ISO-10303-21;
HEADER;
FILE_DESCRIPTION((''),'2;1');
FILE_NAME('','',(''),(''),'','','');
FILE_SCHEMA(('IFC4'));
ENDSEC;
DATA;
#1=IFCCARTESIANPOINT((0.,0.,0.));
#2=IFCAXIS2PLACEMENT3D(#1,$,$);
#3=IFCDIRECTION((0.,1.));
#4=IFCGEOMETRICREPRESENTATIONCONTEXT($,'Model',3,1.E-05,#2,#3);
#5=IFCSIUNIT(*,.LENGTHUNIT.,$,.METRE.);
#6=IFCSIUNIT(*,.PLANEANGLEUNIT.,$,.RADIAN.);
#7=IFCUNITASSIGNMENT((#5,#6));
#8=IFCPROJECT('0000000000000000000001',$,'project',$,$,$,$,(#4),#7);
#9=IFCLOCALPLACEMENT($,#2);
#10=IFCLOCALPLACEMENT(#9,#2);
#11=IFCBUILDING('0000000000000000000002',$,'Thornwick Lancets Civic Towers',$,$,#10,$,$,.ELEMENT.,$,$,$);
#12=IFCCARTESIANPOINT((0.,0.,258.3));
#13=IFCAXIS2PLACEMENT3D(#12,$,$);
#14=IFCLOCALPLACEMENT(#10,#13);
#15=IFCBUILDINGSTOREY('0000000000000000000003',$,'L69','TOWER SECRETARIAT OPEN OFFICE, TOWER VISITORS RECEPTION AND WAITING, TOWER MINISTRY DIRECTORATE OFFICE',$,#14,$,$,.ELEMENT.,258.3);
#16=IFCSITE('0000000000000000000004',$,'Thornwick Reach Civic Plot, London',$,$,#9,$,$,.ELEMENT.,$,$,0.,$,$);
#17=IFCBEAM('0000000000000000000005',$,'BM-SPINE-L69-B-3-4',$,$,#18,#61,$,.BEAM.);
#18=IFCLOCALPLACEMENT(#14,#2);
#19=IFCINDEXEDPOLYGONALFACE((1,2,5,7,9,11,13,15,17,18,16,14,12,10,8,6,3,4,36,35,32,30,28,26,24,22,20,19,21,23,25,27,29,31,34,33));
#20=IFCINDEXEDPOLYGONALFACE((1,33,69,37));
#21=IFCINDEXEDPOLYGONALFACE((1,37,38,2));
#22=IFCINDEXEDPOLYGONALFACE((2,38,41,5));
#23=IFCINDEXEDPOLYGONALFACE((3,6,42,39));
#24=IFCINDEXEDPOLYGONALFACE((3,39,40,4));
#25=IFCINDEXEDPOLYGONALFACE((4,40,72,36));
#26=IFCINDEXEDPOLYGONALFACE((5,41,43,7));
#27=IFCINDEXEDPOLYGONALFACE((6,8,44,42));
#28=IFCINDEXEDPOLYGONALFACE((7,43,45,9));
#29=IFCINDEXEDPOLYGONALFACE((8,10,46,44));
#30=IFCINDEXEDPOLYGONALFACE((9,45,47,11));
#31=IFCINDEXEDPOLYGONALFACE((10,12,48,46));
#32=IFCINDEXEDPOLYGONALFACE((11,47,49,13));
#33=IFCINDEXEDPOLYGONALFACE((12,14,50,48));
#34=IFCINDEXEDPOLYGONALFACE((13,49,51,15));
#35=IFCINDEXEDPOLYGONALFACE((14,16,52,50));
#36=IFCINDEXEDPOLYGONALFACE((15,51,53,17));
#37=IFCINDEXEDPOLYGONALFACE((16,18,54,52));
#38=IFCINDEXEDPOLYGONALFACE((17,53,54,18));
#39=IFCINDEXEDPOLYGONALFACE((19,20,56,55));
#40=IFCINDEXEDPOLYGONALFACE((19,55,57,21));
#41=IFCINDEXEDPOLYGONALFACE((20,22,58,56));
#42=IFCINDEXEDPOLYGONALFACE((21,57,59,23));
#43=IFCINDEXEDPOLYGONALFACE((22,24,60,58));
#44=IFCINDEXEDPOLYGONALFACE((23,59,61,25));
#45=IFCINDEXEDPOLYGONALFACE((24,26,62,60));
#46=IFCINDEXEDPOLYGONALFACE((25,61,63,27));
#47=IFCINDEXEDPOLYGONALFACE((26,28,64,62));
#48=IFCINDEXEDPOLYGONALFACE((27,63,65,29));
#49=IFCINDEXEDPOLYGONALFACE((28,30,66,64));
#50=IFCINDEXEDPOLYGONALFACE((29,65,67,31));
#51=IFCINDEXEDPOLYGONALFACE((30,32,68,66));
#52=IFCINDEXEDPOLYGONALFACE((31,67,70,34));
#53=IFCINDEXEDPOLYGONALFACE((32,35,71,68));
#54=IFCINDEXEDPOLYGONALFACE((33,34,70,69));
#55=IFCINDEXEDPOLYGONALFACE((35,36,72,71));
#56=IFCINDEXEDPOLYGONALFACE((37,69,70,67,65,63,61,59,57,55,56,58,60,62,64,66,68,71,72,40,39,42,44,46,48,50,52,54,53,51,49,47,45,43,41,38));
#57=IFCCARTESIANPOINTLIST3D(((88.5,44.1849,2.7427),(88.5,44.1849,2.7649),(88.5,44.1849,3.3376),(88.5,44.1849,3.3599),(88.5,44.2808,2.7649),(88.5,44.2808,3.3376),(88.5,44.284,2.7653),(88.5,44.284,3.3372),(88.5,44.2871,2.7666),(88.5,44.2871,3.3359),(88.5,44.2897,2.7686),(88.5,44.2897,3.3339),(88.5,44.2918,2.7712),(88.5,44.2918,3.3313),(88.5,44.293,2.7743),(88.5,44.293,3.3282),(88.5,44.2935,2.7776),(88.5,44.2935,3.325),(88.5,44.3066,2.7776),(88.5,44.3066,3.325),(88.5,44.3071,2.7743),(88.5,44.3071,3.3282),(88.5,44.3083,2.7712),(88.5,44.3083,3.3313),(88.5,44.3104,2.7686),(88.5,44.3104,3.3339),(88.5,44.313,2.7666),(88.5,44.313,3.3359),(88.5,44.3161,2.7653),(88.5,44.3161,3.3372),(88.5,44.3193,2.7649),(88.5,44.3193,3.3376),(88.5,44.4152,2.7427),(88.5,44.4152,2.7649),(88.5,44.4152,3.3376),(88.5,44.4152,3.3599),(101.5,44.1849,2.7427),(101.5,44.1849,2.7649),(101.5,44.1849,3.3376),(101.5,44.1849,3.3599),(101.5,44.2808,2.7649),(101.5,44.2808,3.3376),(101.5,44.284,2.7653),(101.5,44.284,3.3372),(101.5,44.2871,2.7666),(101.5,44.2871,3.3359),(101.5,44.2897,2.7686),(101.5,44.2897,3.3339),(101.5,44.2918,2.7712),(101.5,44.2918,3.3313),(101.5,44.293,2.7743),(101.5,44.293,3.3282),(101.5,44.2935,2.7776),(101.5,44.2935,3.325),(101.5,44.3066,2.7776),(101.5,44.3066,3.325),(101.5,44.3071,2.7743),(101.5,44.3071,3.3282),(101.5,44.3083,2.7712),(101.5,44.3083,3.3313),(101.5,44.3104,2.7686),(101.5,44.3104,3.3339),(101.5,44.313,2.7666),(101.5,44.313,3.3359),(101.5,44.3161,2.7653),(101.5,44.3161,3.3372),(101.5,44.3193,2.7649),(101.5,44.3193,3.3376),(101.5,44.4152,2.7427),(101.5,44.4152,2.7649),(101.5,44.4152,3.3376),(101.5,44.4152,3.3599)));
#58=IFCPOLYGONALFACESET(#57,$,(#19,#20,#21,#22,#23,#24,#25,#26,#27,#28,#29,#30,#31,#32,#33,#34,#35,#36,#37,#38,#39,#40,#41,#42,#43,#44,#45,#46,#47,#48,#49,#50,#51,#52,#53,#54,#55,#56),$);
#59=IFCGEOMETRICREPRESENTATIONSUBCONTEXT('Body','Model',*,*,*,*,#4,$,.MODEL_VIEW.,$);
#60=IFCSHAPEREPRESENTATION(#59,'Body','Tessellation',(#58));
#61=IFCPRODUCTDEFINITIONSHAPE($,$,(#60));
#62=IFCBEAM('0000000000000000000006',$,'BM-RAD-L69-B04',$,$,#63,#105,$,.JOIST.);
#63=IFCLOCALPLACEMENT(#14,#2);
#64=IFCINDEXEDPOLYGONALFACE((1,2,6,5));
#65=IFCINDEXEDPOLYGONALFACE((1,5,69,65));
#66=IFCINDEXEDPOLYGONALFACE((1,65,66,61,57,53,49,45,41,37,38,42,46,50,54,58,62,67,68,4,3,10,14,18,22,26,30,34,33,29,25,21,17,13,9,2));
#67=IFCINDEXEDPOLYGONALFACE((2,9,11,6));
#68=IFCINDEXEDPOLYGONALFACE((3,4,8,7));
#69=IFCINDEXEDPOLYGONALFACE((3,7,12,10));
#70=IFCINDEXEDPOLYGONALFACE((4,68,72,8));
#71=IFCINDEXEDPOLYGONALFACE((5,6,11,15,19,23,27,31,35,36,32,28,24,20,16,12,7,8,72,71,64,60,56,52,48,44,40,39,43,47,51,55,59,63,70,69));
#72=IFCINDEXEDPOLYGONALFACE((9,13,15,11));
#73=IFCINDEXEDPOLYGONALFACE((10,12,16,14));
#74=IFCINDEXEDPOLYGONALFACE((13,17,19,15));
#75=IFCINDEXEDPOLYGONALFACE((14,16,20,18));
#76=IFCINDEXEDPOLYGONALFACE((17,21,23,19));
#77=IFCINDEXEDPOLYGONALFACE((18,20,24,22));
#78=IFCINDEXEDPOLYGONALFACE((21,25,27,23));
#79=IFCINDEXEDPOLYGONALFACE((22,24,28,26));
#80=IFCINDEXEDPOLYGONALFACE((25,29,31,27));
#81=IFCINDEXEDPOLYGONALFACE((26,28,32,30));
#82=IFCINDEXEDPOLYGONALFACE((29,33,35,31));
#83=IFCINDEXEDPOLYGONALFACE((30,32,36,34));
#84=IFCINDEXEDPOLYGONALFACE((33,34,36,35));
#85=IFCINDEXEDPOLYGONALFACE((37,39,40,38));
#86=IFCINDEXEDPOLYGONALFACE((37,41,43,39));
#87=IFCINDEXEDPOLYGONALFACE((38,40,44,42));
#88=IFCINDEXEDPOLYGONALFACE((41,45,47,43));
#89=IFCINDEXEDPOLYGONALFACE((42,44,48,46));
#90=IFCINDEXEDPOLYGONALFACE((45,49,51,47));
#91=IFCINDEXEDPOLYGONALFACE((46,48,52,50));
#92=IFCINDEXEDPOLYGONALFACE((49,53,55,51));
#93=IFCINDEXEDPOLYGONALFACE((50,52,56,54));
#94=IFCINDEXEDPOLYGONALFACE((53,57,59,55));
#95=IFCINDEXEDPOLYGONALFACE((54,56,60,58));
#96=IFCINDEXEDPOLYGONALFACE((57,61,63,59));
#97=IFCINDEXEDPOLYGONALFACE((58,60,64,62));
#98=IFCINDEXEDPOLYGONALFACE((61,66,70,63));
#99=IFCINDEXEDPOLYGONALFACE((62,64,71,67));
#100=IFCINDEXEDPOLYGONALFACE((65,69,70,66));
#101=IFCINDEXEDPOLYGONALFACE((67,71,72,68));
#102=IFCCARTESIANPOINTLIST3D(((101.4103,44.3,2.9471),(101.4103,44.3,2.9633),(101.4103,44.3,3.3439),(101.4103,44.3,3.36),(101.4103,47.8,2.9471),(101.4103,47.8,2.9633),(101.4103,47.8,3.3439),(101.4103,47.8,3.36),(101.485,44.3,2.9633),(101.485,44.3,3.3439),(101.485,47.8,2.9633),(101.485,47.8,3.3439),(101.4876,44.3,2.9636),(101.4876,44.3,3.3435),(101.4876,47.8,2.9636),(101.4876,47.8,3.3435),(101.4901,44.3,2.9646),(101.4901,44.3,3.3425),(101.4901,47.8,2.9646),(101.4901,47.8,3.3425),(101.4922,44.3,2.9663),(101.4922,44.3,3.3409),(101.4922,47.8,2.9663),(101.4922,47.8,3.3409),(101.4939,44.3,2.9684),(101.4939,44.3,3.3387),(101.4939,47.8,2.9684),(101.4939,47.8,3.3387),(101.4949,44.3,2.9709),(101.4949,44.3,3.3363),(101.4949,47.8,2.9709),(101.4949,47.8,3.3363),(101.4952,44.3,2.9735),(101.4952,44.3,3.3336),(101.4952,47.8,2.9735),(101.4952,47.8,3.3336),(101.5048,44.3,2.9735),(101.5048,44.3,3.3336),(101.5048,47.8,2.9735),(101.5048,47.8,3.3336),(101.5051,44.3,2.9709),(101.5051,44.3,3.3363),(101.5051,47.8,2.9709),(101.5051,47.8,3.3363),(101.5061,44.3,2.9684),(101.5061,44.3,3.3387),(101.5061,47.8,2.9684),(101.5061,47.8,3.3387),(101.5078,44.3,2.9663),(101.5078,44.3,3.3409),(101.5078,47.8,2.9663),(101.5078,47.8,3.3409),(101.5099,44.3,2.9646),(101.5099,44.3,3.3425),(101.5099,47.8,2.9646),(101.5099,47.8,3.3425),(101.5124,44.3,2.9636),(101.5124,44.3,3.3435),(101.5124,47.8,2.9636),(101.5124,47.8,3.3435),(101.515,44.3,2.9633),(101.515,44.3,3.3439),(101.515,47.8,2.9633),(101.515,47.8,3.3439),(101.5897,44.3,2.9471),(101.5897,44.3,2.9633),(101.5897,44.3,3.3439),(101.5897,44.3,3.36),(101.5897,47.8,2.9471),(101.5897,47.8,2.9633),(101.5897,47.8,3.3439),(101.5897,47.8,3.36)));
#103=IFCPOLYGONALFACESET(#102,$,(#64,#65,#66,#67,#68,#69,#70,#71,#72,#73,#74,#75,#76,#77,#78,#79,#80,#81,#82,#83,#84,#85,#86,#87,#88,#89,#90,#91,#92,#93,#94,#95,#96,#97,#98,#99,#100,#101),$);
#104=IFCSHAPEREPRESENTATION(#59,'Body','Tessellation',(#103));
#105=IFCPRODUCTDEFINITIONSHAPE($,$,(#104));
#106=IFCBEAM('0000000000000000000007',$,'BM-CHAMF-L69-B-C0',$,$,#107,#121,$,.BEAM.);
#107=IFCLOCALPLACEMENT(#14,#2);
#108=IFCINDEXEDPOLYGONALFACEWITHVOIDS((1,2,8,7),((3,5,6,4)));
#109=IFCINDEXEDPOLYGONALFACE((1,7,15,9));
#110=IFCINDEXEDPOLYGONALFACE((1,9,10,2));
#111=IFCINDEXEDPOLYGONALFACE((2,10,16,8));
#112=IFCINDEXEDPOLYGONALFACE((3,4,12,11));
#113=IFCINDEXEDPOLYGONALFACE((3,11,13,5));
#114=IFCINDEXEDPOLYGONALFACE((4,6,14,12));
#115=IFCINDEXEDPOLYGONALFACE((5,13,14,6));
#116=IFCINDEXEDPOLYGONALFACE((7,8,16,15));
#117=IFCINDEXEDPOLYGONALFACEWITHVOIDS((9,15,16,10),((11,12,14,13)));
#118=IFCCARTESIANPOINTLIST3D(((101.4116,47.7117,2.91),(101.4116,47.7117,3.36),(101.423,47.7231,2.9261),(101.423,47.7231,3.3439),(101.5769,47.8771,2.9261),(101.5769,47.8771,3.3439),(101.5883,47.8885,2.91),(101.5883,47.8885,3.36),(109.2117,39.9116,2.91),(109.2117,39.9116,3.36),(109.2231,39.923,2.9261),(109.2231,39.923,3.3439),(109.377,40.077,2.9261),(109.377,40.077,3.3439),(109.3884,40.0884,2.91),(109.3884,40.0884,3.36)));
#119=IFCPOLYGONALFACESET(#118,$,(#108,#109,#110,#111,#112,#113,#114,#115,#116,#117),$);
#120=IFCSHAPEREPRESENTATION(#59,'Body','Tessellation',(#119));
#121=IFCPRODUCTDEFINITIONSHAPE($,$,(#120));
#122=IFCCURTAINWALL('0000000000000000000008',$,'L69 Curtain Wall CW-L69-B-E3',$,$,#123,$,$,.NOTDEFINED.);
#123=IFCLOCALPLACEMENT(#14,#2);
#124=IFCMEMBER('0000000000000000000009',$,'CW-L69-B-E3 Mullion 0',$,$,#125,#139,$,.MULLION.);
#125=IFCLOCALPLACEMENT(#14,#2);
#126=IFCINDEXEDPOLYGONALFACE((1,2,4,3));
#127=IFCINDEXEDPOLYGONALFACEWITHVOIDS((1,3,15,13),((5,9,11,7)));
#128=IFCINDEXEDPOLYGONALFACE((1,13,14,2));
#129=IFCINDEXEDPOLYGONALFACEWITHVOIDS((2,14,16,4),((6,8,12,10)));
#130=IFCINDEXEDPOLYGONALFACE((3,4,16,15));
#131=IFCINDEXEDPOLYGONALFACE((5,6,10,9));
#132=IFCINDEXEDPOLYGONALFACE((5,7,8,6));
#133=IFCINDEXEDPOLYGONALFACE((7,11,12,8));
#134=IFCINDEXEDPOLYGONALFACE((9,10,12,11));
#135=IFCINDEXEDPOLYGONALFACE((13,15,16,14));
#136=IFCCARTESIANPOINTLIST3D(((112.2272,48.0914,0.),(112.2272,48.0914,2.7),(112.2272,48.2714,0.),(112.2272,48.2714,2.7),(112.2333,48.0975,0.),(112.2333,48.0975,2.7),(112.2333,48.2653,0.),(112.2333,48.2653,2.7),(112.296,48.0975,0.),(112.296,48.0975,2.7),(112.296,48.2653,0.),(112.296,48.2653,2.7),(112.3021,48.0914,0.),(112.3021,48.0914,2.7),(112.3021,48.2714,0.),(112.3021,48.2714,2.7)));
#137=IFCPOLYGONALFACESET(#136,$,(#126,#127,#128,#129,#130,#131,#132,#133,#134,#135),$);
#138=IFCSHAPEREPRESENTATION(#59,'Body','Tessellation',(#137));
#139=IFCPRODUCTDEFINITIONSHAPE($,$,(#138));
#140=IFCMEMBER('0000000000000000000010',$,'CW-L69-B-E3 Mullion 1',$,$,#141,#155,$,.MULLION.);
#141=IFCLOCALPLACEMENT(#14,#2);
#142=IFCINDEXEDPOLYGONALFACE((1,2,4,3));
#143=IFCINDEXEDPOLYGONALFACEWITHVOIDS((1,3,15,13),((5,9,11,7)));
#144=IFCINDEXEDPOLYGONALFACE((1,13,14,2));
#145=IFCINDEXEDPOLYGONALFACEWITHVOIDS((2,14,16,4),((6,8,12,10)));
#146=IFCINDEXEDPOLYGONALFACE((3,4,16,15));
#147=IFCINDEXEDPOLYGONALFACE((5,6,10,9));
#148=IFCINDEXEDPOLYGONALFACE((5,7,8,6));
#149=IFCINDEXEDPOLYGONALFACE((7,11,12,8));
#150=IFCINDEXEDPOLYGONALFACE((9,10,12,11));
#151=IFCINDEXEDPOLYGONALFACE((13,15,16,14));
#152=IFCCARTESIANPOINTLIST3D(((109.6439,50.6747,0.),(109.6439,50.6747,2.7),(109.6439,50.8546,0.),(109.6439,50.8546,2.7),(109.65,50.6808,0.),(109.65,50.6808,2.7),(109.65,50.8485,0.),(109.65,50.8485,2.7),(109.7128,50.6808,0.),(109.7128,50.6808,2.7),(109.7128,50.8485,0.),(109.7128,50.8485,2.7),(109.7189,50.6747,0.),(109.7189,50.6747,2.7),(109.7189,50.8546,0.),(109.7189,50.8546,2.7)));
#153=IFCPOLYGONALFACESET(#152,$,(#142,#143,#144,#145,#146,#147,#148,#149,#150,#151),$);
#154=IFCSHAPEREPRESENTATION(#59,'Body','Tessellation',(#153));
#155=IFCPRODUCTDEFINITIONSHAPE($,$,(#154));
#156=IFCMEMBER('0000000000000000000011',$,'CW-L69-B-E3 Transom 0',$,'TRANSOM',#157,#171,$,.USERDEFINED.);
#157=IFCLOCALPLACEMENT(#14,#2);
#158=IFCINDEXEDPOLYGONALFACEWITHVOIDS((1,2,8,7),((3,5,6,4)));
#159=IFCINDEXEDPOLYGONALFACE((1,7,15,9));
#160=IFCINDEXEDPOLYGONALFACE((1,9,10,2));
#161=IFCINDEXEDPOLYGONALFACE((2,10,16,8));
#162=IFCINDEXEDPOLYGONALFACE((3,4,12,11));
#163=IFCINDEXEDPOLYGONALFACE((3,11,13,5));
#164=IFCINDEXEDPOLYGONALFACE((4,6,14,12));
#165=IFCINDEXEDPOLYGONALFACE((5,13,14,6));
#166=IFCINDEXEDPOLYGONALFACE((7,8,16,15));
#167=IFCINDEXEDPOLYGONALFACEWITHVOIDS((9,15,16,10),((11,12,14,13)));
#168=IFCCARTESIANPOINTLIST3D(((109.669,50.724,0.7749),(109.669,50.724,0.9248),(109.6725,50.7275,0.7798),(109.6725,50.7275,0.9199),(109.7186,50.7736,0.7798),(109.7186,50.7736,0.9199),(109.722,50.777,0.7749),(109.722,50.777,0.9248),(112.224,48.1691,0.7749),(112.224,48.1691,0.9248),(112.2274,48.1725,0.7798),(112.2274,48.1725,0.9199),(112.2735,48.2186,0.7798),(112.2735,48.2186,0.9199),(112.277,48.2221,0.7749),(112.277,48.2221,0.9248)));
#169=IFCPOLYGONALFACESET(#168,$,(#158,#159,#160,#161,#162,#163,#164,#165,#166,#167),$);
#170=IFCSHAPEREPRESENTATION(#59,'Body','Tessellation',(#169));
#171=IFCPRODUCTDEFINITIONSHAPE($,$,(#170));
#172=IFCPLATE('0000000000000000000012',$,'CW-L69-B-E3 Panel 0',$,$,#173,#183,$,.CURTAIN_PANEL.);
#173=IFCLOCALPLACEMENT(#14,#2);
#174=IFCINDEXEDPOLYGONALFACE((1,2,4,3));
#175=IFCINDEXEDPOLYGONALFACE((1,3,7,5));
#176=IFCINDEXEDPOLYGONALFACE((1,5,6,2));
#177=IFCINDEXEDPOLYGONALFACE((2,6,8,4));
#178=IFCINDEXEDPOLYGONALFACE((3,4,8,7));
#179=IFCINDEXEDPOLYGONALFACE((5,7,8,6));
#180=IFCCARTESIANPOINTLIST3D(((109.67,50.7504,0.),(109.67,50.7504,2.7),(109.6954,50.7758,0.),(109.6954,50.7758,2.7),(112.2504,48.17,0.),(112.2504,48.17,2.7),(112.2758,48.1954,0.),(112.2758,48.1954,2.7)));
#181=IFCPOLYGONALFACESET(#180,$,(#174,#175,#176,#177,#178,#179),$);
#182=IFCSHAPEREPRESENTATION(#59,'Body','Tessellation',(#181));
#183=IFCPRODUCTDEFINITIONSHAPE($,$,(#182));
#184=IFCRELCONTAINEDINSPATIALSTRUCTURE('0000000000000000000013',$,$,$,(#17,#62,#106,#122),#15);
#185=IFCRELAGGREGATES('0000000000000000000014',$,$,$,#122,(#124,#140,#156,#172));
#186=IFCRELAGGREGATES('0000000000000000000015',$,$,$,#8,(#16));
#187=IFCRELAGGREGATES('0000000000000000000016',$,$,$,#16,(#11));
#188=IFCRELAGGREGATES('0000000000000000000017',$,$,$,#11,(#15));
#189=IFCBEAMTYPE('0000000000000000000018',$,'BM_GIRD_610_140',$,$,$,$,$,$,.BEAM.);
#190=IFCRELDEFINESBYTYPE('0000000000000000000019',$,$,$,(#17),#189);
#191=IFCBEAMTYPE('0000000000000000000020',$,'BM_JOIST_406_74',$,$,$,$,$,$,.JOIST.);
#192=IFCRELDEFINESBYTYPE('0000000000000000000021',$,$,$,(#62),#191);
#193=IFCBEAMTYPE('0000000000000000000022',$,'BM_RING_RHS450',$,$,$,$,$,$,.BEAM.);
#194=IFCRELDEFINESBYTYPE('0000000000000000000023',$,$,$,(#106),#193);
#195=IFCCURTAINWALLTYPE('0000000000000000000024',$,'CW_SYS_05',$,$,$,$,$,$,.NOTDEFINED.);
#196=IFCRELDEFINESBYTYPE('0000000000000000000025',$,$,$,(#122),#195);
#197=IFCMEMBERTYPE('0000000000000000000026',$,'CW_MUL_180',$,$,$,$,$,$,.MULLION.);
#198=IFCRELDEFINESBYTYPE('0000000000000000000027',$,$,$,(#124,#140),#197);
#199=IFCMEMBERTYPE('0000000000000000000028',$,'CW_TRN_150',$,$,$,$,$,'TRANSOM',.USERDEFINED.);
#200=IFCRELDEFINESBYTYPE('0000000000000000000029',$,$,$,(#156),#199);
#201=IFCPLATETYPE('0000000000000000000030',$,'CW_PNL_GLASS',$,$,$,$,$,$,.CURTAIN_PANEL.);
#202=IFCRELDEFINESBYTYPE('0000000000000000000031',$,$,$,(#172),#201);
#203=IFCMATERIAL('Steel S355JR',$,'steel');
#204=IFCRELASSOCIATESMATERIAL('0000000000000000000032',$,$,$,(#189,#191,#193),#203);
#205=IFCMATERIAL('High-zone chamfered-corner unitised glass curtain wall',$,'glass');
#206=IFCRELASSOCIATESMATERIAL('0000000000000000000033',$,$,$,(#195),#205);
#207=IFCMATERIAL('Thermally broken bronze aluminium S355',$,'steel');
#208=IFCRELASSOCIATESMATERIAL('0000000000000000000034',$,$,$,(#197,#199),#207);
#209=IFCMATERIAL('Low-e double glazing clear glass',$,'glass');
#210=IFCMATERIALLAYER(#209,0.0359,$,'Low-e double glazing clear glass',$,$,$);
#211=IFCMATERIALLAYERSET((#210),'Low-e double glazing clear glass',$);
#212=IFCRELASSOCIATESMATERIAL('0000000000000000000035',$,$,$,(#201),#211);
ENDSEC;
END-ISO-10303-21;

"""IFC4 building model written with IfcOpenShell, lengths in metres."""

from ifc_helpers import new_model, si_unit, direction, frame, origin, origin_2d, place, context, subcontext, project, spatial, rectangle, hollow_rectangle, i_section, extrude, material, layer, layer_set, material_profile, profile_set, type_object, element, aggregate, save


model = new_model("IFC4")

# Units and contexts
model_context = context("Model", 3, precision=1e-05, world=origin(), true_north=direction((0.0, 1.0)))
body_context = subcontext(model_context, "Body", "Model", "MODEL_VIEW")
ifc_project = project(units=[si_unit("LENGTHUNIT", "METRE"), si_unit("PLANEANGLEUNIT", "RADIAN")], contexts=[model_context])

# Site, building, storey
site_placement = place(None, origin())
site = spatial("IfcSite", under=ifc_project, at=site_placement, Name="Thornwick Reach Civic Plot, London", CompositionType="ELEMENT", RefElevation=0.0)
building_placement = place(site_placement, origin())
building = spatial("IfcBuilding", under=site, at=building_placement, Name="Thornwick Lancets Civic Towers", CompositionType="ELEMENT")
storey_placement = place(building_placement, frame((0.0, 0.0, 258.3)))
storey = spatial("IfcBuildingStorey", under=building, at=storey_placement, Name="L69", Description="TOWER SECRETARIAT OPEN OFFICE, TOWER VISITORS RECEPTION AND WAITING, TOWER MINISTRY DIRECTORATE OFFICE", CompositionType="ELEMENT", Elevation=258.3)

# Shared definitions
ifc_material_1 = material(Name="Steel S355JR", Category="steel")

# Beams
ifc_material_profile_1 = material_profile(ifc_material_1, i_section(OverallWidth=0.2302, OverallDepth=0.6172, WebThickness=0.0132, FlangeThickness=0.0222, FilletRadius=0.0127, at=origin_2d()), Name="UKB 610x229x140")
ifc_profile_set_1 = profile_set([ifc_material_profile_1], Name="Steel S355JR")
beam_type_1 = type_object("IfcBeamType", Name="BM_GIRD_610_140", PredefinedType="BEAM", material=ifc_profile_set_1)
beam_1_placement = place(storey_placement, frame((101.5, 44.3, 3.0513), z_axis=(-1.0, 0.0, 0.0), x_axis=(0.0, -1.0, 0.0)))
element("IfcBeam", 1, at=beam_1_placement, inside=storey, type_object=beam_type_1, Name="BM-SPINE-L69-B-3-4", PredefinedType="BEAM", context=body_context, shape_type="SweptSolid", body=[
    extrude(i_section(OverallWidth=0.2302, OverallDepth=0.6172, WebThickness=0.0132, FlangeThickness=0.0222, FilletRadius=0.0127, at=origin_2d()), origin(), (0.0, 0.0, 1.0), 13.0),
])
ifc_material_profile_2 = material_profile(ifc_material_1, i_section(OverallWidth=0.1794, OverallDepth=0.4128, WebThickness=0.0095, FlangeThickness=0.0161, FilletRadius=0.0103, at=origin_2d()), Name="UKB 406x178x74")
ifc_profile_set_2 = profile_set([ifc_material_profile_2], Name="Steel S355JR")
beam_type_2 = type_object("IfcBeamType", Name="BM_JOIST_406_74", PredefinedType="JOIST", material=ifc_profile_set_2)
beam_2_placement = place(storey_placement, frame((101.5, 44.3, 3.1536), z_axis=(0.0, 1.0, 0.0), x_axis=(-1.0, 0.0, 0.0)))
element("IfcBeam", 2, at=beam_2_placement, inside=storey, type_object=beam_type_2, Name="BM-RAD-L69-B04", PredefinedType="JOIST", context=body_context, shape_type="SweptSolid", body=[
    extrude(i_section(OverallWidth=0.1794, OverallDepth=0.4128, WebThickness=0.0095, FlangeThickness=0.0161, FilletRadius=0.0103, at=origin_2d()), origin(), (0.0, 0.0, 1.0), 3.5),
])
ifc_material_profile_3 = material_profile(ifc_material_1, hollow_rectangle(XDim=0.25, YDim=0.45, WallThickness=0.0161, at=origin_2d()), Name="RHS 450x250x16")
ifc_profile_set_3 = profile_set([ifc_material_profile_3], Name="Steel S355JR")
beam_type_3 = type_object("IfcBeamType", Name="BM_RING_RHS450", PredefinedType="BEAM", material=ifc_profile_set_3)
beam_3_placement = place(storey_placement, frame((109.3, 40.0, 3.135), z_axis=(-0.707107, 0.707107, 0.0), x_axis=(-0.707107, -0.707107, 0.0)))
element("IfcBeam", 3, at=beam_3_placement, inside=storey, type_object=beam_type_3, Name="BM-CHAMF-L69-B-C0", PredefinedType="BEAM", context=body_context, shape_type="SweptSolid", body=[
    extrude(hollow_rectangle(XDim=0.25, YDim=0.45, WallThickness=0.0161, at=origin_2d()), origin(), (0.0, 0.0, 1.0), 11.031),
])

# Curtain wall, members, plate
ifc_material_2 = material(Name="High-zone chamfered-corner unitised glass curtain wall", Category="glass")
curtain_wall_type = type_object("IfcCurtainWallType", Name="CW_SYS_05", PredefinedType="NOTDEFINED", material=ifc_material_2)
curtain_wall_placement = place(storey_placement, origin())
curtain_wall = element("IfcCurtainWall", 4, at=curtain_wall_placement, inside=storey, type_object=curtain_wall_type, Name="L69 Curtain Wall CW-L69-B-E3", PredefinedType="NOTDEFINED")
ifc_material_3 = material(Name="Thermally broken bronze aluminium S355", Category="steel")
ifc_material_profile_4 = material_profile(ifc_material_3, hollow_rectangle(XDim=0.075, YDim=0.1799, WallThickness=0.0061, at=origin_2d()), Name="RHS 180x75x6")
ifc_profile_set_4 = profile_set([ifc_material_profile_4], Name="Thermally broken bronze aluminium S355")
member_type_1 = type_object("IfcMemberType", Name="CW_MUL_180", PredefinedType="MULLION", material=ifc_profile_set_4)
member_1_placement = place(storey_placement, frame((112.2646, 48.1814, 0.0), z_axis=(0.0, 0.0, 1.0), x_axis=(1.0, 0.0, 0.0)))
member_1 = element("IfcMember", 5, at=member_1_placement, type_object=member_type_1, Name="CW-L69-B-E3 Mullion 0", PredefinedType="MULLION", context=body_context, shape_type="SweptSolid", body=[
    extrude(hollow_rectangle(XDim=0.075, YDim=0.1799, WallThickness=0.0061, at=origin_2d()), origin(), (0.0, 0.0, 1.0), 2.7),
])
member_2_placement = place(storey_placement, frame((109.6814, 50.7646, 0.0), z_axis=(0.0, 0.0, 1.0), x_axis=(1.0, 0.0, 0.0)))
member_2 = element("IfcMember", 6, at=member_2_placement, type_object=member_type_1, Name="CW-L69-B-E3 Mullion 1", PredefinedType="MULLION", context=body_context, shape_type="SweptSolid", body=[
    extrude(hollow_rectangle(XDim=0.075, YDim=0.1799, WallThickness=0.0061, at=origin_2d()), origin(), (0.0, 0.0, 1.0), 2.7),
])
ifc_material_profile_5 = material_profile(ifc_material_3, hollow_rectangle(XDim=0.075, YDim=0.1499, WallThickness=0.0049, at=origin_2d()), Name="RHS 150x75x5")
ifc_profile_set_5 = profile_set([ifc_material_profile_5], Name="Thermally broken bronze aluminium S355")
member_type_2 = type_object("IfcMemberType", Name="CW_TRN_150", ElementType="TRANSOM", PredefinedType="USERDEFINED", material=ifc_profile_set_5)
member_3_placement = place(storey_placement, frame((112.2505, 48.1956, 0.8499), z_axis=(-0.707107, 0.707107, 0.0), x_axis=(-0.707107, -0.707107, 0.0)))
member_3 = element("IfcMember", 7, at=member_3_placement, type_object=member_type_2, Name="CW-L69-B-E3 Transom 0", ObjectType="TRANSOM", PredefinedType="USERDEFINED", context=body_context, shape_type="SweptSolid", body=[
    extrude(hollow_rectangle(XDim=0.075, YDim=0.1499, WallThickness=0.0049, at=origin_2d()), origin(), (0.0, 0.0, 1.0), 3.6133),
])
ifc_material_4 = material(Name="Low-e double glazing clear glass", Category="glass")
ifc_layer_1 = layer(ifc_material_4, 0.0359, Name="Low-e double glazing clear glass")
ifc_layer_set_1 = layer_set([ifc_layer_1], Name="Low-e double glazing clear glass")
plate_type = type_object("IfcPlateType", Name="CW_PNL_GLASS", PredefinedType="CURTAIN_PANEL", material=ifc_layer_set_1)
plate_placement = place(storey_placement, frame((110.9729, 49.4729, 0.0), z_axis=(0.0, 0.0, 1.0), x_axis=(-0.707107, 0.707107, 0.0)))
plate = element("IfcPlate", 8, at=plate_placement, type_object=plate_type, Name="CW-L69-B-E3 Panel 0", PredefinedType="CURTAIN_PANEL", context=body_context, shape_type="SweptSolid", body=[
    extrude(rectangle(XDim=3.6492, YDim=0.0359, at=origin_2d()), origin(), (0.0, 0.0, 1.0), 2.7),
])
aggregate(curtain_wall, [member_1, member_2, member_3, plate])

save(model, "model.ifc")
